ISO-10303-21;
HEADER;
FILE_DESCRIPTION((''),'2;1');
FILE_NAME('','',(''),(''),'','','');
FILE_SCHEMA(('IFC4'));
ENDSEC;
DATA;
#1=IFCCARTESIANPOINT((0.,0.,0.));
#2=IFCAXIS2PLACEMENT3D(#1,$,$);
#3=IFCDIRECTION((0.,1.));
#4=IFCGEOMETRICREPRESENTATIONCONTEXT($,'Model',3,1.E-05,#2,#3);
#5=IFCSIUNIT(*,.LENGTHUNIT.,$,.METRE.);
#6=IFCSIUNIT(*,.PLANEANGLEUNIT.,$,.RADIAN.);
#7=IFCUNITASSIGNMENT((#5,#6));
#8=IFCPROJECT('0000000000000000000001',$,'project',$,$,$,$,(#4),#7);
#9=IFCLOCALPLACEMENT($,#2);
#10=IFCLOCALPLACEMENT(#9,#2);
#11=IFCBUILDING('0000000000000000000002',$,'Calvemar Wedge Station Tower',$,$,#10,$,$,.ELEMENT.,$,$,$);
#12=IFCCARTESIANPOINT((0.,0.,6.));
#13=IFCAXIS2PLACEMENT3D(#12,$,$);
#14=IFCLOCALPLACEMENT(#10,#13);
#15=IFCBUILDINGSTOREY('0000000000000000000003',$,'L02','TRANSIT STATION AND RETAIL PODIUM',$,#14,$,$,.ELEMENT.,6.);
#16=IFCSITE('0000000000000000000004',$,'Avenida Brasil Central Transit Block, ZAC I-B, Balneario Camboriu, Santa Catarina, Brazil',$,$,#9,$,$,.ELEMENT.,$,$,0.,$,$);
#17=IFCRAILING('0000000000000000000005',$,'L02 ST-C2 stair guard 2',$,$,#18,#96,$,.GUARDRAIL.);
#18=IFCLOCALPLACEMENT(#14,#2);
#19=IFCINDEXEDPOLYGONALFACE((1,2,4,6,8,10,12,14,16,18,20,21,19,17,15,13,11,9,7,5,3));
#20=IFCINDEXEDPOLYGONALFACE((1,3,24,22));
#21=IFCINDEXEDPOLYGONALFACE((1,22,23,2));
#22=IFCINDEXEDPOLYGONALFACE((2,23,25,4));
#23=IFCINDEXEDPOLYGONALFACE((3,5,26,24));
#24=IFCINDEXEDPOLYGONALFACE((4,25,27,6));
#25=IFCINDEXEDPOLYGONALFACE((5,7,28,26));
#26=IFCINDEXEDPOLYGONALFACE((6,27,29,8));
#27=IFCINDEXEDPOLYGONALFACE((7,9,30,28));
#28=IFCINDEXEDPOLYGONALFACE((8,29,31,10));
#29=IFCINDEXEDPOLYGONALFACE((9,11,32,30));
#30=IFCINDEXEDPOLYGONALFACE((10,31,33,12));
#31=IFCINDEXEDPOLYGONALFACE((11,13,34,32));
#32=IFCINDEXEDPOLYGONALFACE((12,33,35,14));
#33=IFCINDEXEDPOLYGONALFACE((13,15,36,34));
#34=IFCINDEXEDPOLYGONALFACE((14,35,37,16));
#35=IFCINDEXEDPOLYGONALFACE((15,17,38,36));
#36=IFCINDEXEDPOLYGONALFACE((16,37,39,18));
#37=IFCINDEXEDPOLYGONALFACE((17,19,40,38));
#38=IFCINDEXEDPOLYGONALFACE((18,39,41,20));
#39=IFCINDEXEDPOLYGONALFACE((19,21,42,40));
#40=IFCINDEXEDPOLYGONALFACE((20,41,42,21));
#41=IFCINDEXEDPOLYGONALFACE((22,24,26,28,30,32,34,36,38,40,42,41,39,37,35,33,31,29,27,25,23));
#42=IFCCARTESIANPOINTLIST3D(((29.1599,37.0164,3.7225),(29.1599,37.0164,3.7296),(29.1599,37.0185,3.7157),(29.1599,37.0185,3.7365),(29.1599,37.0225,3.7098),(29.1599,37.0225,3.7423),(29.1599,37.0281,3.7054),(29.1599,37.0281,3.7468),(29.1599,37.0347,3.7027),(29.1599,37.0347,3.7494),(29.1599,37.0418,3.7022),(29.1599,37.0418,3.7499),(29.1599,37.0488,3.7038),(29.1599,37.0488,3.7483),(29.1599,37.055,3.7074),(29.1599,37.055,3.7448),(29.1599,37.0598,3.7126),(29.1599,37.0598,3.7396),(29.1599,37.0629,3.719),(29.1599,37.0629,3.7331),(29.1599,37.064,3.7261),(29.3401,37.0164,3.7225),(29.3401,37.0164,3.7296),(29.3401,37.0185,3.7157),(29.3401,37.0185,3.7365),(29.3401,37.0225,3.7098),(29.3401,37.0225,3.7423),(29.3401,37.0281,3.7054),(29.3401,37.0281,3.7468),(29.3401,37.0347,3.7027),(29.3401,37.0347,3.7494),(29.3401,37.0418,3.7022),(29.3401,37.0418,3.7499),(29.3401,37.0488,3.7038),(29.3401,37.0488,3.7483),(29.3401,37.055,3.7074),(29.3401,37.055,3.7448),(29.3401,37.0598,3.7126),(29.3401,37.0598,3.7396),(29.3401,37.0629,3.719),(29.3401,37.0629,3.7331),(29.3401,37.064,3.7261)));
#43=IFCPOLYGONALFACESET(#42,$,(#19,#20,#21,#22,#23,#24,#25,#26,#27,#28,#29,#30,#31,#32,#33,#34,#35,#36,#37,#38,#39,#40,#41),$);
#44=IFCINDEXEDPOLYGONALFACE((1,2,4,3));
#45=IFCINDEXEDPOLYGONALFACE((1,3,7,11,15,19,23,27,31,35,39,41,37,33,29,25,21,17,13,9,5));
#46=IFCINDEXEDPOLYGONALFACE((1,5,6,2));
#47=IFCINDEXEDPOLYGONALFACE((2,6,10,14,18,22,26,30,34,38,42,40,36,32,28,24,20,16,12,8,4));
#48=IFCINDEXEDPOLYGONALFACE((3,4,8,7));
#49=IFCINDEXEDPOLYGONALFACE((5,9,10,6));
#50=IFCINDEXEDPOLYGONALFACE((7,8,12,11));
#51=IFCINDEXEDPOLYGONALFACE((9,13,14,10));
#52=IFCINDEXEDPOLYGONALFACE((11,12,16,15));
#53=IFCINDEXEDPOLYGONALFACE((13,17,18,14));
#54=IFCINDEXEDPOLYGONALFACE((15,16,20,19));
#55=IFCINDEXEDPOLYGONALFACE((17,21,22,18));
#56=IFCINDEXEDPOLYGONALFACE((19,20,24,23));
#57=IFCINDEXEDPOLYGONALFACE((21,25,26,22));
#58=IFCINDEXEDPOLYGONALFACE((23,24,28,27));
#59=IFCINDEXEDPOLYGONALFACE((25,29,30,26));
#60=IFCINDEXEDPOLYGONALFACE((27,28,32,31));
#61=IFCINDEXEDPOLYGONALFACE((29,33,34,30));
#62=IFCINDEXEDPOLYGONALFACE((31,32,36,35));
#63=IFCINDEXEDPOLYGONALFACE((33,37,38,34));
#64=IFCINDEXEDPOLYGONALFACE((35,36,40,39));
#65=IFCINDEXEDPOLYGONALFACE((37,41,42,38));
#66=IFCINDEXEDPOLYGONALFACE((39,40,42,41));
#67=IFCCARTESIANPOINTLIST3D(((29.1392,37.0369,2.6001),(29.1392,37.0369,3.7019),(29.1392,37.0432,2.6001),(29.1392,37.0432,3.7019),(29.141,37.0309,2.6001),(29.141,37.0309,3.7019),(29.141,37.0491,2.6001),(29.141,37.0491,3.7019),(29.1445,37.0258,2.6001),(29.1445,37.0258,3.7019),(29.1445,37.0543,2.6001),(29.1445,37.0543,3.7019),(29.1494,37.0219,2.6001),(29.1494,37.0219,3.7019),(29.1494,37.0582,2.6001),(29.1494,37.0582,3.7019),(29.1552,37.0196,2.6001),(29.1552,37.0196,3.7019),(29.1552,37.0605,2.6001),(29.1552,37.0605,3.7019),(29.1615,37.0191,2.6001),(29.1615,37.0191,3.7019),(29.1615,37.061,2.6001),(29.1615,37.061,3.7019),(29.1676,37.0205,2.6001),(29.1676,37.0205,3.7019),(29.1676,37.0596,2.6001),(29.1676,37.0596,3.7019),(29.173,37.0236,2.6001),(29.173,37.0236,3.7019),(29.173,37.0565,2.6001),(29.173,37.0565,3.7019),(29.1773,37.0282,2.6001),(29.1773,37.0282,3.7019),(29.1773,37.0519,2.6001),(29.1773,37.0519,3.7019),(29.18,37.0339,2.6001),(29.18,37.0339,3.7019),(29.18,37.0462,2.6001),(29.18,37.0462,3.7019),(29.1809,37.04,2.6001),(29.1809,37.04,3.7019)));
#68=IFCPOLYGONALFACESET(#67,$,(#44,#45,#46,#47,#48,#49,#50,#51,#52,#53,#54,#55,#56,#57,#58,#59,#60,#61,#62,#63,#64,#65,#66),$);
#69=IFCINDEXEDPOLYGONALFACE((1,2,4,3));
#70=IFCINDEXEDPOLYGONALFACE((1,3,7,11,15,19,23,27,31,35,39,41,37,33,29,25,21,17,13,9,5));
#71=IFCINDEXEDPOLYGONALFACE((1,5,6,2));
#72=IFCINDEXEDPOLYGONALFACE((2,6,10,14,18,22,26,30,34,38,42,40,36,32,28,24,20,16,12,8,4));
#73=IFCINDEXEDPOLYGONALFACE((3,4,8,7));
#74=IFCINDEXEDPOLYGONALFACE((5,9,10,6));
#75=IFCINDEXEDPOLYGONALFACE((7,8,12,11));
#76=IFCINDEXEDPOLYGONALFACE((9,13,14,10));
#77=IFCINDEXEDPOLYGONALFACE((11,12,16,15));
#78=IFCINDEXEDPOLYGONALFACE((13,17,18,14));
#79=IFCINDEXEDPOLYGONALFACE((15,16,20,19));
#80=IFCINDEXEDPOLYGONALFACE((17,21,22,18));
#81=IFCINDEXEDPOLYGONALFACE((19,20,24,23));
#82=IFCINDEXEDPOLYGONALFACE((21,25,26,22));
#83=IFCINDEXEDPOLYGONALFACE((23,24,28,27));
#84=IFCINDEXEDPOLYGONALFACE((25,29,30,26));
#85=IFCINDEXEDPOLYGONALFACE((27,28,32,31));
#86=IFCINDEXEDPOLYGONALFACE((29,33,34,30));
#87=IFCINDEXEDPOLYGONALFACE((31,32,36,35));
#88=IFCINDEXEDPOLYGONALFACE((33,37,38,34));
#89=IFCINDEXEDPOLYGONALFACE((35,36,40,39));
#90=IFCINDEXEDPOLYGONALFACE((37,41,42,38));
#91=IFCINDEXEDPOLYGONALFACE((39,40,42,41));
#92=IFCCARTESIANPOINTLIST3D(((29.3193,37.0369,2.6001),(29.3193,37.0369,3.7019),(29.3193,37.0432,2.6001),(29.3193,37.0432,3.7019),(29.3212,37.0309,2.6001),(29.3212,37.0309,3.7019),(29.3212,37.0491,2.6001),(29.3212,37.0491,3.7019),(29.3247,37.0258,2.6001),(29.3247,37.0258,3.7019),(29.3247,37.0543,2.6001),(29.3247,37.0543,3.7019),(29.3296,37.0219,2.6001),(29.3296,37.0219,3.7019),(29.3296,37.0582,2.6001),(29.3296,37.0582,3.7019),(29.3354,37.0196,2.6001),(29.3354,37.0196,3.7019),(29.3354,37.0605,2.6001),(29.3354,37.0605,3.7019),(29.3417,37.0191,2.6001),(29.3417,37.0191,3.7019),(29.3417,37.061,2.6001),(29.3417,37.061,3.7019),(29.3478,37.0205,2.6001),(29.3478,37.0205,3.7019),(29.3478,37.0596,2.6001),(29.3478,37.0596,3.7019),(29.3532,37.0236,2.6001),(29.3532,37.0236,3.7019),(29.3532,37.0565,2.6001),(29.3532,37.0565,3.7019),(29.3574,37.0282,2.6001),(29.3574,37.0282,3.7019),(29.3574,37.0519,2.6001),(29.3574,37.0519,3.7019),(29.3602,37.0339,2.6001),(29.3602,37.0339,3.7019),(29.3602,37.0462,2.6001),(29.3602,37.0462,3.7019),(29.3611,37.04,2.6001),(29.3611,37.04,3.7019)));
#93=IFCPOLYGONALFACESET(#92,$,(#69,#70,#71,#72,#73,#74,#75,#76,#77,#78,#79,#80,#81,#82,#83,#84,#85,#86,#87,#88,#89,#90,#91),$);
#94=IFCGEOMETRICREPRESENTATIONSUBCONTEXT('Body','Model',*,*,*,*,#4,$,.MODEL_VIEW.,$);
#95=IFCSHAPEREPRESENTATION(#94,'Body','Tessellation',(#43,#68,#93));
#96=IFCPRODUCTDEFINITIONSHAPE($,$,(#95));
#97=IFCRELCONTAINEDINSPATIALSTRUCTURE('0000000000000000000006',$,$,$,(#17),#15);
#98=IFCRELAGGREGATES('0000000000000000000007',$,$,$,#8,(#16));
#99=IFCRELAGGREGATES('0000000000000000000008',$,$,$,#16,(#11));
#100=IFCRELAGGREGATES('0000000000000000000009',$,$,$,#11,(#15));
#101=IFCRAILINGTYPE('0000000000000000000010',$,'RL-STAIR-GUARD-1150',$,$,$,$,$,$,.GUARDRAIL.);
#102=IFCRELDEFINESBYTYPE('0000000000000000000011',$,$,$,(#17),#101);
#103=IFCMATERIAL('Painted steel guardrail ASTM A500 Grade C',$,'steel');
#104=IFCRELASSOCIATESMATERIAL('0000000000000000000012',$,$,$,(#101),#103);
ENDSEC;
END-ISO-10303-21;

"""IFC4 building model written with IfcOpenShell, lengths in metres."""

from ifc_helpers import new_model, si_unit, direction, frame, origin, origin_2d, place, context, subcontext, project, spatial, circle, extrude, material, type_object, element, save


model = new_model("IFC4")

# Units and contexts
model_context = context("Model", 3, precision=1e-05, world=origin(), true_north=direction((0.0, 1.0)))
body_context = subcontext(model_context, "Body", "Model", "MODEL_VIEW")
ifc_project = project(units=[si_unit("LENGTHUNIT", "METRE"), si_unit("PLANEANGLEUNIT", "RADIAN")], contexts=[model_context])

# Site, building, storey
site_placement = place(None, origin())
site = spatial("IfcSite", under=ifc_project, at=site_placement, Name="Avenida Brasil Central Transit Block, ZAC I-B, Balneario Camboriu, Santa Catarina, Brazil", CompositionType="ELEMENT", RefElevation=0.0)
building_placement = place(site_placement, origin())
building = spatial("IfcBuilding", under=site, at=building_placement, Name="Calvemar Wedge Station Tower", CompositionType="ELEMENT")
storey_placement = place(building_placement, frame((0.0, 0.0, 6.0)))
storey = spatial("IfcBuildingStorey", under=building, at=storey_placement, Name="L02", Description="TRANSIT STATION AND RETAIL PODIUM", CompositionType="ELEMENT", Elevation=6.0)

# Railing
ifc_material_1 = material(Name="Painted steel guardrail ASTM A500 Grade C", Category="steel")
railing_type_1 = type_object("IfcRailingType", Name="RL-STAIR-GUARD-1150", PredefinedType="GUARDRAIL", material=ifc_material_1)
railing_1_placement = place(storey_placement, frame((29.1599, 37.04, 2.6001)))
element("IfcRailing", 1, at=railing_1_placement, inside=storey, type_object=railing_type_1, Name="L02 ST-C2 stair guard 2", PredefinedType="GUARDRAIL", context=body_context, shape_type="SweptSolid", body=[
    extrude(circle(Radius=0.0239, at=origin_2d()), frame((0.0, 0.0, 1.126), z_axis=(1.0, 0.0, 0.0), x_axis=(0.0, 1.0, 0.0)), (0.0, 0.0, 1.0), 0.1802),
    extrude(circle(Radius=0.021, at=origin_2d()), origin(), (0.0, 0.0, 1.0), 1.1018),
    extrude(circle(Radius=0.021, at=origin_2d()), frame((0.1802, 0.0, 0.0)), (0.0, 0.0, 1.0), 1.1018),
])

save(model, "model.ifc")
